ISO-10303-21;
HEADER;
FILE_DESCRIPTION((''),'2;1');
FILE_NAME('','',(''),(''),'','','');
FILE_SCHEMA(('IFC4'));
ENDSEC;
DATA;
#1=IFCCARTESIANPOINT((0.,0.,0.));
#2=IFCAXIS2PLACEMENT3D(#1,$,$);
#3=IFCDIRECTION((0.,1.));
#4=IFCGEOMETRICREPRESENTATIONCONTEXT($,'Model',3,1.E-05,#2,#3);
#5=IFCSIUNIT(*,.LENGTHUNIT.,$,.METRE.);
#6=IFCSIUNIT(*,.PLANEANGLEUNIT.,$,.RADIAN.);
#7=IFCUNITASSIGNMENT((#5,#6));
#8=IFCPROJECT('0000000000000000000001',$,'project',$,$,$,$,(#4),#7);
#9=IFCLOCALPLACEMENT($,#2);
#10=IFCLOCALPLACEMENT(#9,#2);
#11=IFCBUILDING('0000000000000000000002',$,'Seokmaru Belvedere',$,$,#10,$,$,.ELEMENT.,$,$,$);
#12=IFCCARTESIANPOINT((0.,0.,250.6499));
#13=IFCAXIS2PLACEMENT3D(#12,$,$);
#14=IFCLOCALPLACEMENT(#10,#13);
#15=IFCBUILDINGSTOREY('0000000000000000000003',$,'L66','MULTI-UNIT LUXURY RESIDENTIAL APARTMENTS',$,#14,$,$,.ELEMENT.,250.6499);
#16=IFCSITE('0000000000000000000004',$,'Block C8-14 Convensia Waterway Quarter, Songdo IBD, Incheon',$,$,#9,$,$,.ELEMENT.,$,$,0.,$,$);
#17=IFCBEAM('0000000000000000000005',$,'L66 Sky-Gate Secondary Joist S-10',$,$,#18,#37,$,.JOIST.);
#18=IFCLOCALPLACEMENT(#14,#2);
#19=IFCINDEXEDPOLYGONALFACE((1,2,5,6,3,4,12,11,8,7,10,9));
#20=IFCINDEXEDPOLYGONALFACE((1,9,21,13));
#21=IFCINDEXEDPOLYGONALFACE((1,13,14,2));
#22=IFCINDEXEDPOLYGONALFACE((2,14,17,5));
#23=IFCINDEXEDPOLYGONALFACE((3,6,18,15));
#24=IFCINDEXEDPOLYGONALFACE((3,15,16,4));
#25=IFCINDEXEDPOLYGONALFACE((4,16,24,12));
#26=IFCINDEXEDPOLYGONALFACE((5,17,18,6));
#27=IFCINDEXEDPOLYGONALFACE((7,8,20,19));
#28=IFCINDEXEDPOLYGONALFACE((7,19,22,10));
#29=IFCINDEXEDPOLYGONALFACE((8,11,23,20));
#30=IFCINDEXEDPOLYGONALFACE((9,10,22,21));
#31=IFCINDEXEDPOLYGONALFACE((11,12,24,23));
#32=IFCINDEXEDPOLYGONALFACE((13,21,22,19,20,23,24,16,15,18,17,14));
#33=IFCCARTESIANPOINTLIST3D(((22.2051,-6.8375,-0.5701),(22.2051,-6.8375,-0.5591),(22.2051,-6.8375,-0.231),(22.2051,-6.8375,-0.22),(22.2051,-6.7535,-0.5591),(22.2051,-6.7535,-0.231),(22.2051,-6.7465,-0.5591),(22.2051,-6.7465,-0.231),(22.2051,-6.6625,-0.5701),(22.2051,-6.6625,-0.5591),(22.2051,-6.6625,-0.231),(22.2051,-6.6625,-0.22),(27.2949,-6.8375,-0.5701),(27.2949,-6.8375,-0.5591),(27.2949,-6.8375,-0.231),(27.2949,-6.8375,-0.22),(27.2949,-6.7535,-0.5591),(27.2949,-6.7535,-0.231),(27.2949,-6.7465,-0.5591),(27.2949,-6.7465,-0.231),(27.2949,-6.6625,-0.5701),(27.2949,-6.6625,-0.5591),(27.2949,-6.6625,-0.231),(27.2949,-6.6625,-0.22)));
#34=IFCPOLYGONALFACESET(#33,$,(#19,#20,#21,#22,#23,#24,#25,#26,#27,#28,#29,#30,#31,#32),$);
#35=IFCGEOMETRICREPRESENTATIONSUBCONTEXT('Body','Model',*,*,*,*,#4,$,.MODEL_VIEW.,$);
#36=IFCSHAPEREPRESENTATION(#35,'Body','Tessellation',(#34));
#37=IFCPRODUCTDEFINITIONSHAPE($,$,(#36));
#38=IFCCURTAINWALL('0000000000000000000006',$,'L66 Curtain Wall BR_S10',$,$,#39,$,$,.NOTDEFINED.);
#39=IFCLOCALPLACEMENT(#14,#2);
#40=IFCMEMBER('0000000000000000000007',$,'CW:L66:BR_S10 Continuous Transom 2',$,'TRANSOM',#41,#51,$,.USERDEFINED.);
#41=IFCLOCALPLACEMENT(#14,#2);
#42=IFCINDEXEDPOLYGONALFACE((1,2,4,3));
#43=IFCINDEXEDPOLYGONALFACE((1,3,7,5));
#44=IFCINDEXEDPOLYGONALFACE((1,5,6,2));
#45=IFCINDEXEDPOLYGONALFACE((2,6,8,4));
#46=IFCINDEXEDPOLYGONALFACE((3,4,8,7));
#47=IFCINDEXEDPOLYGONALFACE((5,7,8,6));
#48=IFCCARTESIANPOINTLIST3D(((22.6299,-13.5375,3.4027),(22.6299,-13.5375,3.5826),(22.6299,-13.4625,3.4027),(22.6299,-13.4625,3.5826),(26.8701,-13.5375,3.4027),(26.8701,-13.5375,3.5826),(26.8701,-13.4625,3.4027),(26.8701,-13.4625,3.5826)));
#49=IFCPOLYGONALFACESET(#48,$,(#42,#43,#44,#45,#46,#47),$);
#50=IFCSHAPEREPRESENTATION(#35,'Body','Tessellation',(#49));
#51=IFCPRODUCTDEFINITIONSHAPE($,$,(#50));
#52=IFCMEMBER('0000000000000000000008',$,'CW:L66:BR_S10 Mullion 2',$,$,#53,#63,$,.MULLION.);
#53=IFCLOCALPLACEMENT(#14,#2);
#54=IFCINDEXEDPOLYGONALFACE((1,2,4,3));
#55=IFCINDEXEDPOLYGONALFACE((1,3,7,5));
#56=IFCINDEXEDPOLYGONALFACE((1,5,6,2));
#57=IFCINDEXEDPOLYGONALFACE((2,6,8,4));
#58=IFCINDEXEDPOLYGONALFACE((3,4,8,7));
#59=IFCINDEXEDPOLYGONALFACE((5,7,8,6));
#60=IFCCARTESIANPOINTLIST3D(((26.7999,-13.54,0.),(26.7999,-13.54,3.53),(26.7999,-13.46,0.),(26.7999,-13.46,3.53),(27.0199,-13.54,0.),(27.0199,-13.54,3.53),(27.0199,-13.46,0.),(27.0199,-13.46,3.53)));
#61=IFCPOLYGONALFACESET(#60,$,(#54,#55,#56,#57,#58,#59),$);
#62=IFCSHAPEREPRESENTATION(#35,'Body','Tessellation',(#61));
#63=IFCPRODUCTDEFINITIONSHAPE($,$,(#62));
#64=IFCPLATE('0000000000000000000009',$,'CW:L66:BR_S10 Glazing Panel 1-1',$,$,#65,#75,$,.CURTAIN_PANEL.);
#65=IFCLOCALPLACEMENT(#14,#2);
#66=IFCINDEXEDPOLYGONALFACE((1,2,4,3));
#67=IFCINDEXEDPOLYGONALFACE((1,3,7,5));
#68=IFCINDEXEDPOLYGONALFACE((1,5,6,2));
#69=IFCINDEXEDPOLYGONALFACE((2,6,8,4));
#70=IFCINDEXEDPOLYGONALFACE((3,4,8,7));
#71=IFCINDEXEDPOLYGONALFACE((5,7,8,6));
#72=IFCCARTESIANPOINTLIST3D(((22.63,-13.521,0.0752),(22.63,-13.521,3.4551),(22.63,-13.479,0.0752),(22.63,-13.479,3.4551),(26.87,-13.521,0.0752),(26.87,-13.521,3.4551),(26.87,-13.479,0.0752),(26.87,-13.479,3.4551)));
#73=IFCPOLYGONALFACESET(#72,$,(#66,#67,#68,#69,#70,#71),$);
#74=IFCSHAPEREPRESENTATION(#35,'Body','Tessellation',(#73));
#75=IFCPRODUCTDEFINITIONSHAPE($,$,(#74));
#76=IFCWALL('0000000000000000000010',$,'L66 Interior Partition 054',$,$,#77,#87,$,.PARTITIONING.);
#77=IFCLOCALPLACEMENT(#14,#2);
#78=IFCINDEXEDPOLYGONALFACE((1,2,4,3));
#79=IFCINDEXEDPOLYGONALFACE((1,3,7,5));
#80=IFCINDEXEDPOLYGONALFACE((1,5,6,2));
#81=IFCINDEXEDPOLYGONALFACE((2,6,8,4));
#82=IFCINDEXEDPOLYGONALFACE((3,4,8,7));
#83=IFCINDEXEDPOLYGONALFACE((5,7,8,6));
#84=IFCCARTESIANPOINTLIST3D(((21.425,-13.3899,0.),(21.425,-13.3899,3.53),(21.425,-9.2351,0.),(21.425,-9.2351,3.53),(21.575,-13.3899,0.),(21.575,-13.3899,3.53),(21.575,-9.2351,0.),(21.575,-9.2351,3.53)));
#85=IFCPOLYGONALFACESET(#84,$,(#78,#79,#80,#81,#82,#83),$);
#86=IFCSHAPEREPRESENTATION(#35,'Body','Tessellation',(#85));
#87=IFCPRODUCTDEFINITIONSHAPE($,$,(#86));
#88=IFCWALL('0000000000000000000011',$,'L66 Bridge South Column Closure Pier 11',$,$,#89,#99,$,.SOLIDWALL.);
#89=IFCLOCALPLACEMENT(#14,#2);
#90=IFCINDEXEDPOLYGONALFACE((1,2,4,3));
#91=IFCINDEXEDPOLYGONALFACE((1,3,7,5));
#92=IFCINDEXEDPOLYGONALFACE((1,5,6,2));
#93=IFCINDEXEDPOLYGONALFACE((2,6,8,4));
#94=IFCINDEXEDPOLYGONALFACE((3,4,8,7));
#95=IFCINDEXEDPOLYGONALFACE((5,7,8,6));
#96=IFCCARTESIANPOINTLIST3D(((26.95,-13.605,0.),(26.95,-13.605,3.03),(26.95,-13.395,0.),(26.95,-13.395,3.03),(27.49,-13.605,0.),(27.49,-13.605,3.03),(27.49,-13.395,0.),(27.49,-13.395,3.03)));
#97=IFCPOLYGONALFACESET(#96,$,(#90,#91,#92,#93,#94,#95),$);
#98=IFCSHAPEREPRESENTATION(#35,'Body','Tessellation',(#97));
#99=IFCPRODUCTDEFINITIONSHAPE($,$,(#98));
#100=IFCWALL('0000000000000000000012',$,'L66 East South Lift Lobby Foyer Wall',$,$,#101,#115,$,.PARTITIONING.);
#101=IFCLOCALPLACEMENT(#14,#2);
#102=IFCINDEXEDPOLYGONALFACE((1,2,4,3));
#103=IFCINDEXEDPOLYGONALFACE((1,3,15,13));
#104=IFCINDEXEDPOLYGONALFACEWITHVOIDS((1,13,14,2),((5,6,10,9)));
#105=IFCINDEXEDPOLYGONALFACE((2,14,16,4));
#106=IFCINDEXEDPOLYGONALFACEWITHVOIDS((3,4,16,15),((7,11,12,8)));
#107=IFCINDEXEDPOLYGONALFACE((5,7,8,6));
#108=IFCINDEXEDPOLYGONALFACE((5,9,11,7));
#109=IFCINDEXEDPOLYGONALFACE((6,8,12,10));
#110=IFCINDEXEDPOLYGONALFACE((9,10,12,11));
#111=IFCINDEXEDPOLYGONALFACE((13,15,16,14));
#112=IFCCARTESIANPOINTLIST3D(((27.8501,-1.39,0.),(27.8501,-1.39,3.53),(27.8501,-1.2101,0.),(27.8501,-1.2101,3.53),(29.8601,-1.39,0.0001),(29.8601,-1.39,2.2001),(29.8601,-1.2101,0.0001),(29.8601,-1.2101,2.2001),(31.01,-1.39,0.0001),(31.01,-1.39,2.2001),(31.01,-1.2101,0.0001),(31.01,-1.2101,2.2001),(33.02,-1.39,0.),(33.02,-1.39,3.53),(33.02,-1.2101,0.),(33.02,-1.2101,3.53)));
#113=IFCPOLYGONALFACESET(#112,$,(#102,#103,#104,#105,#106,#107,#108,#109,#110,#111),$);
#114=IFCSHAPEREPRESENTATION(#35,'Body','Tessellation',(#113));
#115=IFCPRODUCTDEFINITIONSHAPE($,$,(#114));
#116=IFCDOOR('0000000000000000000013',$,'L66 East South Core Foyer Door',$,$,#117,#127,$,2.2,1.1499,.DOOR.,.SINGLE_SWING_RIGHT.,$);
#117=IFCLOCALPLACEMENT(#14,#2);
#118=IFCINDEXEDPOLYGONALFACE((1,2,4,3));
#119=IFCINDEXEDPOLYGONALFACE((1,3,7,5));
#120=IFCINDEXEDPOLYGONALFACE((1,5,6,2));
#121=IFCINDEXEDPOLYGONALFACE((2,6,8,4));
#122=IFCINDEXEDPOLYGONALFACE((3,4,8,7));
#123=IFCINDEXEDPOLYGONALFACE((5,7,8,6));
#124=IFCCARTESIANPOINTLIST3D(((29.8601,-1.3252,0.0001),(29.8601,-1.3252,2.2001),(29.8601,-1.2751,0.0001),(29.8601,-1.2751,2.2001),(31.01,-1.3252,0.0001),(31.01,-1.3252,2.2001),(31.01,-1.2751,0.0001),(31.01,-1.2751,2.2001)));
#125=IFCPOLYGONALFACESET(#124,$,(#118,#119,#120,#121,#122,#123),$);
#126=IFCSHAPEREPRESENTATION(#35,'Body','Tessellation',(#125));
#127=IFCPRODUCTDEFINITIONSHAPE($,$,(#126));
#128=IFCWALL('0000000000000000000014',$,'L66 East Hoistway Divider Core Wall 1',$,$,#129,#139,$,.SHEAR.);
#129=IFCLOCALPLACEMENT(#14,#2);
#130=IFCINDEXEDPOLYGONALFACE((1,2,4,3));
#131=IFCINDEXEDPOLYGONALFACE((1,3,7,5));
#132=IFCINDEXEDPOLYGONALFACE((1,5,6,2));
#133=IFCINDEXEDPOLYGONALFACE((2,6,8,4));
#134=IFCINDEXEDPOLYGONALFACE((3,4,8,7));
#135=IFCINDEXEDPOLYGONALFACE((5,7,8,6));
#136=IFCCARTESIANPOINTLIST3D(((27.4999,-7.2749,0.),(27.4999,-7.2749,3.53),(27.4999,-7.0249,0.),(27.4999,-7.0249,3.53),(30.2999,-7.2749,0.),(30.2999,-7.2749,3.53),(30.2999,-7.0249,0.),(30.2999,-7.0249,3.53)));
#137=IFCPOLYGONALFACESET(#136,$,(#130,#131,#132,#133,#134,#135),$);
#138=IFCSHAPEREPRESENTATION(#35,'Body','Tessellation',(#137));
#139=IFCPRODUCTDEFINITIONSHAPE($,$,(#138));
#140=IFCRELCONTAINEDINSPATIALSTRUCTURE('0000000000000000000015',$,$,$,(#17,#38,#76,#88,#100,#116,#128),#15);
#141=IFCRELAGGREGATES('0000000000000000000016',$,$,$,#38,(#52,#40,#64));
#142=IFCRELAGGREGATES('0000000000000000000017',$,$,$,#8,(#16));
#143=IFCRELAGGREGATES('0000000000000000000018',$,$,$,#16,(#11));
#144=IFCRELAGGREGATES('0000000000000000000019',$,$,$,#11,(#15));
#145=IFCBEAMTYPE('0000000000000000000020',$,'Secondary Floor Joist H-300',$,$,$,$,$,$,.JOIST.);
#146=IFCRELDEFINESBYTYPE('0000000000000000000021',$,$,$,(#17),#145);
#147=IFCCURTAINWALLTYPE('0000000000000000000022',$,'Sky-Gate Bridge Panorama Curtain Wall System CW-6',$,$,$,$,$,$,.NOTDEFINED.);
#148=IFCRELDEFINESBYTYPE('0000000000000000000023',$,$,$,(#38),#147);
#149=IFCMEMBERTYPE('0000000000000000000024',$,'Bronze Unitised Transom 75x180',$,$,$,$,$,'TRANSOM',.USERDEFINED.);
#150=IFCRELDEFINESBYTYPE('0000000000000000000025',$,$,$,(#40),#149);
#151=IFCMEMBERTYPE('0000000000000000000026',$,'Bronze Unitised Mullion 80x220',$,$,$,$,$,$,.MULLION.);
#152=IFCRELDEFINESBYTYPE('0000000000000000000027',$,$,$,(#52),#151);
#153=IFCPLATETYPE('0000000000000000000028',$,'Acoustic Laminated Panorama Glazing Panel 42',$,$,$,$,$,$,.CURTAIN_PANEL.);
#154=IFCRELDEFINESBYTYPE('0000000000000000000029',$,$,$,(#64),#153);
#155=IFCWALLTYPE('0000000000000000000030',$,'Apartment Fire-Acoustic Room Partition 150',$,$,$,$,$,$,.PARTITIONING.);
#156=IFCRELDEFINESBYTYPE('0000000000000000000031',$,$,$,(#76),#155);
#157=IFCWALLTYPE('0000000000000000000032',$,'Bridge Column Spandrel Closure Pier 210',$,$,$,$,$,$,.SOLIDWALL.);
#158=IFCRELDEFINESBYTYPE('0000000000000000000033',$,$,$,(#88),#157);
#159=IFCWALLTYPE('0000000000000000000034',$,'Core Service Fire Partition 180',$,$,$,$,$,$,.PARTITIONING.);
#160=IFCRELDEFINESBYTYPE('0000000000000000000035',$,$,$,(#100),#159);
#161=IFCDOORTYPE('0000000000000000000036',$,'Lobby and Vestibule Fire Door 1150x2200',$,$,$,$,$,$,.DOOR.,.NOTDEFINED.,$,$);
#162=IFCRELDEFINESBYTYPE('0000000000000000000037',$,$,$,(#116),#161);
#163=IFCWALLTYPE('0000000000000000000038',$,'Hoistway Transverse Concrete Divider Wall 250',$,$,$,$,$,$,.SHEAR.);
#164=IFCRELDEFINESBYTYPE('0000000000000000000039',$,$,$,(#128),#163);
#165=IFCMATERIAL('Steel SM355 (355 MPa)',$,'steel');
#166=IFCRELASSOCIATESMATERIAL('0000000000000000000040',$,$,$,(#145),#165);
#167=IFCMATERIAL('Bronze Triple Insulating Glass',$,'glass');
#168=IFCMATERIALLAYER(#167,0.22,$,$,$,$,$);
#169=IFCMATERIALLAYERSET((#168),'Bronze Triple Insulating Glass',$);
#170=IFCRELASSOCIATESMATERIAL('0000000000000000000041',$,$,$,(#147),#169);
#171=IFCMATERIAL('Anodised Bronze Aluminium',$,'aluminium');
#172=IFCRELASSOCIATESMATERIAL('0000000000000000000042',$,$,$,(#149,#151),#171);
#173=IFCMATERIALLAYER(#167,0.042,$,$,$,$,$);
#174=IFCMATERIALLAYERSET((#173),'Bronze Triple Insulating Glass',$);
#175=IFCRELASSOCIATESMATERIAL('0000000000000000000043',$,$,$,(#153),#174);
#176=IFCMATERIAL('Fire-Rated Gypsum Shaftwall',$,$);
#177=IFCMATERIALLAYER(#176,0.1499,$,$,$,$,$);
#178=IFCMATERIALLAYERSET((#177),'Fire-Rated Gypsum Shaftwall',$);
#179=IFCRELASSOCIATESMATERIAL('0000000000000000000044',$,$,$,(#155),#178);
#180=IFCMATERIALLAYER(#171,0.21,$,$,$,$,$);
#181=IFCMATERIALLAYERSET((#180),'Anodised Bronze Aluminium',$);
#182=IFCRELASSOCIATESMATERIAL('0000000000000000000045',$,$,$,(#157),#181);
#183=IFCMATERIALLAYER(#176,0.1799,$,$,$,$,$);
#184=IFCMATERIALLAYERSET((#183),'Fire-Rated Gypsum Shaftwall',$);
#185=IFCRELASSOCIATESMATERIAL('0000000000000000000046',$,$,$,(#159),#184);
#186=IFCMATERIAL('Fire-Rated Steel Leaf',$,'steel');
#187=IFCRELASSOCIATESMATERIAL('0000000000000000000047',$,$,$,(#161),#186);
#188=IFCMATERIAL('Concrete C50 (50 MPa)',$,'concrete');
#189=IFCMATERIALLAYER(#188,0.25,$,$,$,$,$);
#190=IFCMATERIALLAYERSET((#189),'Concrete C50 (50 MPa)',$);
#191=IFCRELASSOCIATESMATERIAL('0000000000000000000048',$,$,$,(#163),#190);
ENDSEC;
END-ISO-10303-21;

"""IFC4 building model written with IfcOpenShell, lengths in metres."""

from ifc_helpers import new_model, si_unit, direction, frame, frame_2d, origin, origin_2d, place, context, subcontext, project, spatial, rectangle, i_section, extrude, source, transform, mapped, material, layer, layer_set, material_profile, profile_set, type_object, type_shapes, element, fill, aggregate, save


model = new_model("IFC4")

# Units and contexts
model_context = context("Model", 3, precision=1e-05, world=origin(), true_north=direction((0.0, 1.0)))
body_context = subcontext(model_context, "Body", "Model", "MODEL_VIEW")
ifc_project = project(units=[si_unit("LENGTHUNIT", "METRE"), si_unit("PLANEANGLEUNIT", "RADIAN")], contexts=[model_context])

# Site, building, storey
site_placement = place(None, origin())
site = spatial("IfcSite", under=ifc_project, at=site_placement, Name="Block C8-14 Convensia Waterway Quarter, Songdo IBD, Incheon", CompositionType="ELEMENT", RefElevation=0.0)
building_placement = place(site_placement, origin())
building = spatial("IfcBuilding", under=site, at=building_placement, Name="Seokmaru Belvedere", CompositionType="ELEMENT")
storey_placement = place(building_placement, frame((0.0, 0.0, 250.6499)))
storey = spatial("IfcBuildingStorey", under=building, at=storey_placement, Name="L66", Description="MULTI-UNIT LUXURY RESIDENTIAL APARTMENTS", CompositionType="ELEMENT", Elevation=250.6499)

# Shared definitions
ifc_material_1 = material(Name="Steel SM355 (355 MPa)", Category="steel")

# Beam
ifc_material_profile_1 = material_profile(ifc_material_1, i_section(OverallWidth=0.175, OverallDepth=0.3501, WebThickness=0.0071, FlangeThickness=0.011, at=origin_2d()), Name="H-350x175x7x11")
ifc_profile_set_1 = profile_set([ifc_material_profile_1], Name="Steel SM355 (355 MPa)")
beam_type_1 = type_object("IfcBeamType", Name="Secondary Floor Joist H-300", PredefinedType="JOIST", material=ifc_profile_set_1)
shared_shape_1 = source(origin(), body_context, "Body", "SweptSolid", [
    extrude(i_section(OverallWidth=0.175, OverallDepth=0.3501, WebThickness=0.0071, FlangeThickness=0.011, at=origin_2d()), origin(), (0.0, 0.0, 1.0), 5.0898),
])
type_shapes(beam_type_1, [shared_shape_1])
for number, where, z_axis, x_axis, name in (
    (1, (22.2051, -6.75, -0.395), (1.0, 0.0, 0.0), (0.0, 1.0, 0.0), "L66 Sky-Gate Secondary Joist S-10"),
):
    element("IfcBeam", number, at=place(storey_placement, frame(where, z_axis=z_axis, x_axis=x_axis)), inside=storey, type_object=beam_type_1, Name=name, PredefinedType="JOIST", context=body_context, shape_type="MappedRepresentation", body=[
        mapped(shared_shape_1, transform((0.0, 0.0, 0.0), scale=1.0)),
    ])

# Curtain wall, members, plate
ifc_material_2 = material(Name="Bronze Triple Insulating Glass", Category="glass")
ifc_layer_1 = layer(ifc_material_2, 0.22)
ifc_layer_set_1 = layer_set([ifc_layer_1], Name="Bronze Triple Insulating Glass")
curtain_wall_type = type_object("IfcCurtainWallType", Name="Sky-Gate Bridge Panorama Curtain Wall System CW-6", PredefinedType="NOTDEFINED", material=ifc_layer_set_1)
curtain_wall_placement = place(storey_placement, origin())
curtain_wall = element("IfcCurtainWall", 2, at=curtain_wall_placement, inside=storey, type_object=curtain_wall_type, Name="L66 Curtain Wall BR_S10", PredefinedType="NOTDEFINED")
ifc_material_3 = material(Name="Anodised Bronze Aluminium", Category="aluminium")
ifc_material_profile_2 = material_profile(ifc_material_3, rectangle(XDim=0.075, YDim=0.1799, at=origin_2d()), Name="CW-T-75x180")
ifc_profile_set_2 = profile_set([ifc_material_profile_2], Name="Anodised Bronze Aluminium")
member_type_1 = type_object("IfcMemberType", Name="Bronze Unitised Transom 75x180", ElementType="TRANSOM", PredefinedType="USERDEFINED", material=ifc_profile_set_2)
shared_shape_2 = source(origin(), body_context, "Body", "SweptSolid", [
    extrude(rectangle(XDim=0.075, YDim=0.1799, at=origin_2d()), origin(), (0.0, 0.0, 1.0), 4.2402),
])
type_shapes(member_type_1, [shared_shape_2])
member_1_placement = place(storey_placement, frame((22.6299, -13.5, 3.4927), z_axis=(1.0, 0.0, 0.0), x_axis=(0.0, 1.0, 0.0)))
member_1 = element("IfcMember", 3, at=member_1_placement, type_object=member_type_1, Name="CW:L66:BR_S10 Continuous Transom 2", ObjectType="TRANSOM", PredefinedType="USERDEFINED", context=body_context, shape_type="MappedRepresentation", body=[
    mapped(shared_shape_2, transform((0.0, 0.0, 0.0), scale=1.0)),
])
ifc_material_profile_3 = material_profile(ifc_material_3, rectangle(XDim=0.0801, YDim=0.22, at=origin_2d()), Name="CW-M-80x220")
ifc_profile_set_3 = profile_set([ifc_material_profile_3], Name="Anodised Bronze Aluminium")
member_type_2 = type_object("IfcMemberType", Name="Bronze Unitised Mullion 80x220", PredefinedType="MULLION", material=ifc_profile_set_3)
shared_shape_3 = source(origin(), body_context, "Body", "SweptSolid", [
    extrude(rectangle(XDim=0.0801, YDim=0.22, at=origin_2d()), origin(), (0.0, 0.0, 1.0), 3.53),
])
type_shapes(member_type_2, [shared_shape_3])
member_2_placement = place(storey_placement, frame((26.9099, -13.5, 0.0), z_axis=(0.0, 0.0, 1.0), x_axis=(0.0, 1.0, 0.0)))
member_2 = element("IfcMember", 4, at=member_2_placement, type_object=member_type_2, Name="CW:L66:BR_S10 Mullion 2", PredefinedType="MULLION", context=body_context, shape_type="MappedRepresentation", body=[
    mapped(shared_shape_3, transform((0.0, 0.0, 0.0), scale=1.0)),
])
ifc_layer_2 = layer(ifc_material_2, 0.042)
ifc_layer_set_2 = layer_set([ifc_layer_2], Name="Bronze Triple Insulating Glass")
plate_type = type_object("IfcPlateType", Name="Acoustic Laminated Panorama Glazing Panel 42", PredefinedType="CURTAIN_PANEL", material=ifc_layer_set_2)
shared_shape_4 = source(origin(), body_context, "Body", "SweptSolid", [
    extrude(rectangle(XDim=4.24, YDim=0.042, at=origin_2d()), origin(), (0.0, 0.0, 1.0), 3.3799),
])
type_shapes(plate_type, [shared_shape_4])
plate_placement = place(storey_placement, frame((24.75, -13.5, 0.0752), z_axis=(0.0, 0.0, 1.0), x_axis=(1.0, 0.0, 0.0)))
plate = element("IfcPlate", 5, at=plate_placement, type_object=plate_type, Name="CW:L66:BR_S10 Glazing Panel 1-1", PredefinedType="CURTAIN_PANEL", context=body_context, shape_type="MappedRepresentation", body=[
    mapped(shared_shape_4, transform((0.0, 0.0, 0.0), scale=1.0)),
])
aggregate(curtain_wall, [member_2, member_1, plate])

# Walls
ifc_material_4 = material(Name="Fire-Rated Gypsum Shaftwall")
ifc_layer_3 = layer(ifc_material_4, 0.1499)
ifc_layer_set_3 = layer_set([ifc_layer_3], Name="Fire-Rated Gypsum Shaftwall")
wall_type_1 = type_object("IfcWallType", Name="Apartment Fire-Acoustic Room Partition 150", PredefinedType="PARTITIONING", material=ifc_layer_set_3)
wall_1_placement = place(storey_placement, frame((21.5, -13.3899, 0.0), z_axis=(0.0, 0.0, 1.0), x_axis=(0.0, 1.0, 0.0)))
element("IfcWall", 6, at=wall_1_placement, inside=storey, type_object=wall_type_1, Name="L66 Interior Partition 054", PredefinedType="PARTITIONING", context=body_context, shape_type="SweptSolid", body=[
    extrude(rectangle(XDim=4.1548, YDim=0.1499, at=frame_2d((2.0774, 0.0))), origin(), (0.0, 0.0, 1.0), 3.53),
])
ifc_layer_4 = layer(ifc_material_3, 0.21)
ifc_layer_set_4 = layer_set([ifc_layer_4], Name="Anodised Bronze Aluminium")
wall_type_2 = type_object("IfcWallType", Name="Bridge Column Spandrel Closure Pier 210", PredefinedType="SOLIDWALL", material=ifc_layer_set_4)
wall_2_placement = place(storey_placement, frame((26.95, -13.5, 0.0), z_axis=(0.0, 0.0, 1.0), x_axis=(1.0, 0.0, 0.0)))
element("IfcWall", 7, at=wall_2_placement, inside=storey, type_object=wall_type_2, Name="L66 Bridge South Column Closure Pier 11", PredefinedType="SOLIDWALL", context=body_context, shape_type="SweptSolid", body=[
    extrude(rectangle(XDim=0.54, YDim=0.21, at=frame_2d((0.27, 0.0))), origin(), (0.0, 0.0, 1.0), 3.03),
])

# Wall, opening, door
ifc_layer_5 = layer(ifc_material_4, 0.1799)
ifc_layer_set_5 = layer_set([ifc_layer_5], Name="Fire-Rated Gypsum Shaftwall")
wall_type_3 = type_object("IfcWallType", Name="Core Service Fire Partition 180", PredefinedType="PARTITIONING", material=ifc_layer_set_5)
wall_3_placement = place(storey_placement, frame((27.8501, -1.3, 0.0), z_axis=(0.0, 0.0, 1.0), x_axis=(1.0, 0.0, 0.0)))
wall_3 = element("IfcWall", 8, at=wall_3_placement, inside=storey, type_object=wall_type_3, Name="L66 East South Lift Lobby Foyer Wall", PredefinedType="PARTITIONING", context=body_context, shape_type="SweptSolid", body=[
    extrude(rectangle(XDim=5.1699, YDim=0.1799, at=frame_2d((2.585, 0.0))), origin(), (0.0, 0.0, 1.0), 3.53),
])
opening_1_placement = place(wall_3_placement, frame((2.01, 0.0, 0.0)))
opening_1 = element("IfcOpeningElement", 9, at=opening_1_placement, cuts=wall_3, PredefinedType="OPENING", context=body_context, shape_type="SweptSolid", body=[
    extrude(rectangle(XDim=1.1499, YDim=2.2, at=frame_2d((0.575, 1.1001))), frame((0.0, 0.1001, 0.0), z_axis=(0.0, -1.0, 0.0), x_axis=(1.0, 0.0, 0.0)), (0.0, 0.0, 1.0), 0.2),
])
ifc_material_5 = material(Name="Fire-Rated Steel Leaf", Category="steel")
door_type_1 = type_object("IfcDoorType", Name="Lobby and Vestibule Fire Door 1150x2200", OperationType="NOTDEFINED", PredefinedType="DOOR", material=ifc_material_5)
shared_shape_5 = source(origin(), body_context, "Body", "SweptSolid", [
    extrude(rectangle(XDim=1.1499, YDim=2.2, at=frame_2d((0.575, 1.1001))), frame((0.0, 0.0249, 0.0), z_axis=(0.0, -1.0, 0.0), x_axis=(1.0, 0.0, 0.0)), (0.0, 0.0, 1.0), 0.05),
])
type_shapes(door_type_1, [shared_shape_5])
door_1_placement = place(opening_1_placement, origin())
door_1 = element("IfcDoor", 10, at=door_1_placement, inside=storey, type_object=door_type_1, Name="L66 East South Core Foyer Door", OperationType="SINGLE_SWING_RIGHT", OverallHeight=2.2, OverallWidth=1.1499, PredefinedType="DOOR", context=body_context, shape_type="MappedRepresentation", body=[
    mapped(shared_shape_5, transform((0.0, 0.0, 0.0), scale=1.0)),
])
fill(opening_1, door_1)

# Wall
ifc_material_6 = material(Name="Concrete C50 (50 MPa)", Category="concrete")
ifc_layer_6 = layer(ifc_material_6, 0.25)
ifc_layer_set_6 = layer_set([ifc_layer_6], Name="Concrete C50 (50 MPa)")
wall_type_4 = type_object("IfcWallType", Name="Hoistway Transverse Concrete Divider Wall 250", PredefinedType="SHEAR", material=ifc_layer_set_6)
wall_4_placement = place(storey_placement, frame((27.5, -7.1499, 0.0), z_axis=(0.0, 0.0, 1.0), x_axis=(1.0, 0.0, 0.0)))
element("IfcWall", 11, at=wall_4_placement, inside=storey, type_object=wall_type_4, Name="L66 East Hoistway Divider Core Wall 1", PredefinedType="SHEAR", context=body_context, shape_type="SweptSolid", body=[
    extrude(rectangle(XDim=2.8, YDim=0.25, at=frame_2d((1.3999, 0.0))), origin(), (0.0, 0.0, 1.0), 3.53),
])

save(model, "model.ifc")
